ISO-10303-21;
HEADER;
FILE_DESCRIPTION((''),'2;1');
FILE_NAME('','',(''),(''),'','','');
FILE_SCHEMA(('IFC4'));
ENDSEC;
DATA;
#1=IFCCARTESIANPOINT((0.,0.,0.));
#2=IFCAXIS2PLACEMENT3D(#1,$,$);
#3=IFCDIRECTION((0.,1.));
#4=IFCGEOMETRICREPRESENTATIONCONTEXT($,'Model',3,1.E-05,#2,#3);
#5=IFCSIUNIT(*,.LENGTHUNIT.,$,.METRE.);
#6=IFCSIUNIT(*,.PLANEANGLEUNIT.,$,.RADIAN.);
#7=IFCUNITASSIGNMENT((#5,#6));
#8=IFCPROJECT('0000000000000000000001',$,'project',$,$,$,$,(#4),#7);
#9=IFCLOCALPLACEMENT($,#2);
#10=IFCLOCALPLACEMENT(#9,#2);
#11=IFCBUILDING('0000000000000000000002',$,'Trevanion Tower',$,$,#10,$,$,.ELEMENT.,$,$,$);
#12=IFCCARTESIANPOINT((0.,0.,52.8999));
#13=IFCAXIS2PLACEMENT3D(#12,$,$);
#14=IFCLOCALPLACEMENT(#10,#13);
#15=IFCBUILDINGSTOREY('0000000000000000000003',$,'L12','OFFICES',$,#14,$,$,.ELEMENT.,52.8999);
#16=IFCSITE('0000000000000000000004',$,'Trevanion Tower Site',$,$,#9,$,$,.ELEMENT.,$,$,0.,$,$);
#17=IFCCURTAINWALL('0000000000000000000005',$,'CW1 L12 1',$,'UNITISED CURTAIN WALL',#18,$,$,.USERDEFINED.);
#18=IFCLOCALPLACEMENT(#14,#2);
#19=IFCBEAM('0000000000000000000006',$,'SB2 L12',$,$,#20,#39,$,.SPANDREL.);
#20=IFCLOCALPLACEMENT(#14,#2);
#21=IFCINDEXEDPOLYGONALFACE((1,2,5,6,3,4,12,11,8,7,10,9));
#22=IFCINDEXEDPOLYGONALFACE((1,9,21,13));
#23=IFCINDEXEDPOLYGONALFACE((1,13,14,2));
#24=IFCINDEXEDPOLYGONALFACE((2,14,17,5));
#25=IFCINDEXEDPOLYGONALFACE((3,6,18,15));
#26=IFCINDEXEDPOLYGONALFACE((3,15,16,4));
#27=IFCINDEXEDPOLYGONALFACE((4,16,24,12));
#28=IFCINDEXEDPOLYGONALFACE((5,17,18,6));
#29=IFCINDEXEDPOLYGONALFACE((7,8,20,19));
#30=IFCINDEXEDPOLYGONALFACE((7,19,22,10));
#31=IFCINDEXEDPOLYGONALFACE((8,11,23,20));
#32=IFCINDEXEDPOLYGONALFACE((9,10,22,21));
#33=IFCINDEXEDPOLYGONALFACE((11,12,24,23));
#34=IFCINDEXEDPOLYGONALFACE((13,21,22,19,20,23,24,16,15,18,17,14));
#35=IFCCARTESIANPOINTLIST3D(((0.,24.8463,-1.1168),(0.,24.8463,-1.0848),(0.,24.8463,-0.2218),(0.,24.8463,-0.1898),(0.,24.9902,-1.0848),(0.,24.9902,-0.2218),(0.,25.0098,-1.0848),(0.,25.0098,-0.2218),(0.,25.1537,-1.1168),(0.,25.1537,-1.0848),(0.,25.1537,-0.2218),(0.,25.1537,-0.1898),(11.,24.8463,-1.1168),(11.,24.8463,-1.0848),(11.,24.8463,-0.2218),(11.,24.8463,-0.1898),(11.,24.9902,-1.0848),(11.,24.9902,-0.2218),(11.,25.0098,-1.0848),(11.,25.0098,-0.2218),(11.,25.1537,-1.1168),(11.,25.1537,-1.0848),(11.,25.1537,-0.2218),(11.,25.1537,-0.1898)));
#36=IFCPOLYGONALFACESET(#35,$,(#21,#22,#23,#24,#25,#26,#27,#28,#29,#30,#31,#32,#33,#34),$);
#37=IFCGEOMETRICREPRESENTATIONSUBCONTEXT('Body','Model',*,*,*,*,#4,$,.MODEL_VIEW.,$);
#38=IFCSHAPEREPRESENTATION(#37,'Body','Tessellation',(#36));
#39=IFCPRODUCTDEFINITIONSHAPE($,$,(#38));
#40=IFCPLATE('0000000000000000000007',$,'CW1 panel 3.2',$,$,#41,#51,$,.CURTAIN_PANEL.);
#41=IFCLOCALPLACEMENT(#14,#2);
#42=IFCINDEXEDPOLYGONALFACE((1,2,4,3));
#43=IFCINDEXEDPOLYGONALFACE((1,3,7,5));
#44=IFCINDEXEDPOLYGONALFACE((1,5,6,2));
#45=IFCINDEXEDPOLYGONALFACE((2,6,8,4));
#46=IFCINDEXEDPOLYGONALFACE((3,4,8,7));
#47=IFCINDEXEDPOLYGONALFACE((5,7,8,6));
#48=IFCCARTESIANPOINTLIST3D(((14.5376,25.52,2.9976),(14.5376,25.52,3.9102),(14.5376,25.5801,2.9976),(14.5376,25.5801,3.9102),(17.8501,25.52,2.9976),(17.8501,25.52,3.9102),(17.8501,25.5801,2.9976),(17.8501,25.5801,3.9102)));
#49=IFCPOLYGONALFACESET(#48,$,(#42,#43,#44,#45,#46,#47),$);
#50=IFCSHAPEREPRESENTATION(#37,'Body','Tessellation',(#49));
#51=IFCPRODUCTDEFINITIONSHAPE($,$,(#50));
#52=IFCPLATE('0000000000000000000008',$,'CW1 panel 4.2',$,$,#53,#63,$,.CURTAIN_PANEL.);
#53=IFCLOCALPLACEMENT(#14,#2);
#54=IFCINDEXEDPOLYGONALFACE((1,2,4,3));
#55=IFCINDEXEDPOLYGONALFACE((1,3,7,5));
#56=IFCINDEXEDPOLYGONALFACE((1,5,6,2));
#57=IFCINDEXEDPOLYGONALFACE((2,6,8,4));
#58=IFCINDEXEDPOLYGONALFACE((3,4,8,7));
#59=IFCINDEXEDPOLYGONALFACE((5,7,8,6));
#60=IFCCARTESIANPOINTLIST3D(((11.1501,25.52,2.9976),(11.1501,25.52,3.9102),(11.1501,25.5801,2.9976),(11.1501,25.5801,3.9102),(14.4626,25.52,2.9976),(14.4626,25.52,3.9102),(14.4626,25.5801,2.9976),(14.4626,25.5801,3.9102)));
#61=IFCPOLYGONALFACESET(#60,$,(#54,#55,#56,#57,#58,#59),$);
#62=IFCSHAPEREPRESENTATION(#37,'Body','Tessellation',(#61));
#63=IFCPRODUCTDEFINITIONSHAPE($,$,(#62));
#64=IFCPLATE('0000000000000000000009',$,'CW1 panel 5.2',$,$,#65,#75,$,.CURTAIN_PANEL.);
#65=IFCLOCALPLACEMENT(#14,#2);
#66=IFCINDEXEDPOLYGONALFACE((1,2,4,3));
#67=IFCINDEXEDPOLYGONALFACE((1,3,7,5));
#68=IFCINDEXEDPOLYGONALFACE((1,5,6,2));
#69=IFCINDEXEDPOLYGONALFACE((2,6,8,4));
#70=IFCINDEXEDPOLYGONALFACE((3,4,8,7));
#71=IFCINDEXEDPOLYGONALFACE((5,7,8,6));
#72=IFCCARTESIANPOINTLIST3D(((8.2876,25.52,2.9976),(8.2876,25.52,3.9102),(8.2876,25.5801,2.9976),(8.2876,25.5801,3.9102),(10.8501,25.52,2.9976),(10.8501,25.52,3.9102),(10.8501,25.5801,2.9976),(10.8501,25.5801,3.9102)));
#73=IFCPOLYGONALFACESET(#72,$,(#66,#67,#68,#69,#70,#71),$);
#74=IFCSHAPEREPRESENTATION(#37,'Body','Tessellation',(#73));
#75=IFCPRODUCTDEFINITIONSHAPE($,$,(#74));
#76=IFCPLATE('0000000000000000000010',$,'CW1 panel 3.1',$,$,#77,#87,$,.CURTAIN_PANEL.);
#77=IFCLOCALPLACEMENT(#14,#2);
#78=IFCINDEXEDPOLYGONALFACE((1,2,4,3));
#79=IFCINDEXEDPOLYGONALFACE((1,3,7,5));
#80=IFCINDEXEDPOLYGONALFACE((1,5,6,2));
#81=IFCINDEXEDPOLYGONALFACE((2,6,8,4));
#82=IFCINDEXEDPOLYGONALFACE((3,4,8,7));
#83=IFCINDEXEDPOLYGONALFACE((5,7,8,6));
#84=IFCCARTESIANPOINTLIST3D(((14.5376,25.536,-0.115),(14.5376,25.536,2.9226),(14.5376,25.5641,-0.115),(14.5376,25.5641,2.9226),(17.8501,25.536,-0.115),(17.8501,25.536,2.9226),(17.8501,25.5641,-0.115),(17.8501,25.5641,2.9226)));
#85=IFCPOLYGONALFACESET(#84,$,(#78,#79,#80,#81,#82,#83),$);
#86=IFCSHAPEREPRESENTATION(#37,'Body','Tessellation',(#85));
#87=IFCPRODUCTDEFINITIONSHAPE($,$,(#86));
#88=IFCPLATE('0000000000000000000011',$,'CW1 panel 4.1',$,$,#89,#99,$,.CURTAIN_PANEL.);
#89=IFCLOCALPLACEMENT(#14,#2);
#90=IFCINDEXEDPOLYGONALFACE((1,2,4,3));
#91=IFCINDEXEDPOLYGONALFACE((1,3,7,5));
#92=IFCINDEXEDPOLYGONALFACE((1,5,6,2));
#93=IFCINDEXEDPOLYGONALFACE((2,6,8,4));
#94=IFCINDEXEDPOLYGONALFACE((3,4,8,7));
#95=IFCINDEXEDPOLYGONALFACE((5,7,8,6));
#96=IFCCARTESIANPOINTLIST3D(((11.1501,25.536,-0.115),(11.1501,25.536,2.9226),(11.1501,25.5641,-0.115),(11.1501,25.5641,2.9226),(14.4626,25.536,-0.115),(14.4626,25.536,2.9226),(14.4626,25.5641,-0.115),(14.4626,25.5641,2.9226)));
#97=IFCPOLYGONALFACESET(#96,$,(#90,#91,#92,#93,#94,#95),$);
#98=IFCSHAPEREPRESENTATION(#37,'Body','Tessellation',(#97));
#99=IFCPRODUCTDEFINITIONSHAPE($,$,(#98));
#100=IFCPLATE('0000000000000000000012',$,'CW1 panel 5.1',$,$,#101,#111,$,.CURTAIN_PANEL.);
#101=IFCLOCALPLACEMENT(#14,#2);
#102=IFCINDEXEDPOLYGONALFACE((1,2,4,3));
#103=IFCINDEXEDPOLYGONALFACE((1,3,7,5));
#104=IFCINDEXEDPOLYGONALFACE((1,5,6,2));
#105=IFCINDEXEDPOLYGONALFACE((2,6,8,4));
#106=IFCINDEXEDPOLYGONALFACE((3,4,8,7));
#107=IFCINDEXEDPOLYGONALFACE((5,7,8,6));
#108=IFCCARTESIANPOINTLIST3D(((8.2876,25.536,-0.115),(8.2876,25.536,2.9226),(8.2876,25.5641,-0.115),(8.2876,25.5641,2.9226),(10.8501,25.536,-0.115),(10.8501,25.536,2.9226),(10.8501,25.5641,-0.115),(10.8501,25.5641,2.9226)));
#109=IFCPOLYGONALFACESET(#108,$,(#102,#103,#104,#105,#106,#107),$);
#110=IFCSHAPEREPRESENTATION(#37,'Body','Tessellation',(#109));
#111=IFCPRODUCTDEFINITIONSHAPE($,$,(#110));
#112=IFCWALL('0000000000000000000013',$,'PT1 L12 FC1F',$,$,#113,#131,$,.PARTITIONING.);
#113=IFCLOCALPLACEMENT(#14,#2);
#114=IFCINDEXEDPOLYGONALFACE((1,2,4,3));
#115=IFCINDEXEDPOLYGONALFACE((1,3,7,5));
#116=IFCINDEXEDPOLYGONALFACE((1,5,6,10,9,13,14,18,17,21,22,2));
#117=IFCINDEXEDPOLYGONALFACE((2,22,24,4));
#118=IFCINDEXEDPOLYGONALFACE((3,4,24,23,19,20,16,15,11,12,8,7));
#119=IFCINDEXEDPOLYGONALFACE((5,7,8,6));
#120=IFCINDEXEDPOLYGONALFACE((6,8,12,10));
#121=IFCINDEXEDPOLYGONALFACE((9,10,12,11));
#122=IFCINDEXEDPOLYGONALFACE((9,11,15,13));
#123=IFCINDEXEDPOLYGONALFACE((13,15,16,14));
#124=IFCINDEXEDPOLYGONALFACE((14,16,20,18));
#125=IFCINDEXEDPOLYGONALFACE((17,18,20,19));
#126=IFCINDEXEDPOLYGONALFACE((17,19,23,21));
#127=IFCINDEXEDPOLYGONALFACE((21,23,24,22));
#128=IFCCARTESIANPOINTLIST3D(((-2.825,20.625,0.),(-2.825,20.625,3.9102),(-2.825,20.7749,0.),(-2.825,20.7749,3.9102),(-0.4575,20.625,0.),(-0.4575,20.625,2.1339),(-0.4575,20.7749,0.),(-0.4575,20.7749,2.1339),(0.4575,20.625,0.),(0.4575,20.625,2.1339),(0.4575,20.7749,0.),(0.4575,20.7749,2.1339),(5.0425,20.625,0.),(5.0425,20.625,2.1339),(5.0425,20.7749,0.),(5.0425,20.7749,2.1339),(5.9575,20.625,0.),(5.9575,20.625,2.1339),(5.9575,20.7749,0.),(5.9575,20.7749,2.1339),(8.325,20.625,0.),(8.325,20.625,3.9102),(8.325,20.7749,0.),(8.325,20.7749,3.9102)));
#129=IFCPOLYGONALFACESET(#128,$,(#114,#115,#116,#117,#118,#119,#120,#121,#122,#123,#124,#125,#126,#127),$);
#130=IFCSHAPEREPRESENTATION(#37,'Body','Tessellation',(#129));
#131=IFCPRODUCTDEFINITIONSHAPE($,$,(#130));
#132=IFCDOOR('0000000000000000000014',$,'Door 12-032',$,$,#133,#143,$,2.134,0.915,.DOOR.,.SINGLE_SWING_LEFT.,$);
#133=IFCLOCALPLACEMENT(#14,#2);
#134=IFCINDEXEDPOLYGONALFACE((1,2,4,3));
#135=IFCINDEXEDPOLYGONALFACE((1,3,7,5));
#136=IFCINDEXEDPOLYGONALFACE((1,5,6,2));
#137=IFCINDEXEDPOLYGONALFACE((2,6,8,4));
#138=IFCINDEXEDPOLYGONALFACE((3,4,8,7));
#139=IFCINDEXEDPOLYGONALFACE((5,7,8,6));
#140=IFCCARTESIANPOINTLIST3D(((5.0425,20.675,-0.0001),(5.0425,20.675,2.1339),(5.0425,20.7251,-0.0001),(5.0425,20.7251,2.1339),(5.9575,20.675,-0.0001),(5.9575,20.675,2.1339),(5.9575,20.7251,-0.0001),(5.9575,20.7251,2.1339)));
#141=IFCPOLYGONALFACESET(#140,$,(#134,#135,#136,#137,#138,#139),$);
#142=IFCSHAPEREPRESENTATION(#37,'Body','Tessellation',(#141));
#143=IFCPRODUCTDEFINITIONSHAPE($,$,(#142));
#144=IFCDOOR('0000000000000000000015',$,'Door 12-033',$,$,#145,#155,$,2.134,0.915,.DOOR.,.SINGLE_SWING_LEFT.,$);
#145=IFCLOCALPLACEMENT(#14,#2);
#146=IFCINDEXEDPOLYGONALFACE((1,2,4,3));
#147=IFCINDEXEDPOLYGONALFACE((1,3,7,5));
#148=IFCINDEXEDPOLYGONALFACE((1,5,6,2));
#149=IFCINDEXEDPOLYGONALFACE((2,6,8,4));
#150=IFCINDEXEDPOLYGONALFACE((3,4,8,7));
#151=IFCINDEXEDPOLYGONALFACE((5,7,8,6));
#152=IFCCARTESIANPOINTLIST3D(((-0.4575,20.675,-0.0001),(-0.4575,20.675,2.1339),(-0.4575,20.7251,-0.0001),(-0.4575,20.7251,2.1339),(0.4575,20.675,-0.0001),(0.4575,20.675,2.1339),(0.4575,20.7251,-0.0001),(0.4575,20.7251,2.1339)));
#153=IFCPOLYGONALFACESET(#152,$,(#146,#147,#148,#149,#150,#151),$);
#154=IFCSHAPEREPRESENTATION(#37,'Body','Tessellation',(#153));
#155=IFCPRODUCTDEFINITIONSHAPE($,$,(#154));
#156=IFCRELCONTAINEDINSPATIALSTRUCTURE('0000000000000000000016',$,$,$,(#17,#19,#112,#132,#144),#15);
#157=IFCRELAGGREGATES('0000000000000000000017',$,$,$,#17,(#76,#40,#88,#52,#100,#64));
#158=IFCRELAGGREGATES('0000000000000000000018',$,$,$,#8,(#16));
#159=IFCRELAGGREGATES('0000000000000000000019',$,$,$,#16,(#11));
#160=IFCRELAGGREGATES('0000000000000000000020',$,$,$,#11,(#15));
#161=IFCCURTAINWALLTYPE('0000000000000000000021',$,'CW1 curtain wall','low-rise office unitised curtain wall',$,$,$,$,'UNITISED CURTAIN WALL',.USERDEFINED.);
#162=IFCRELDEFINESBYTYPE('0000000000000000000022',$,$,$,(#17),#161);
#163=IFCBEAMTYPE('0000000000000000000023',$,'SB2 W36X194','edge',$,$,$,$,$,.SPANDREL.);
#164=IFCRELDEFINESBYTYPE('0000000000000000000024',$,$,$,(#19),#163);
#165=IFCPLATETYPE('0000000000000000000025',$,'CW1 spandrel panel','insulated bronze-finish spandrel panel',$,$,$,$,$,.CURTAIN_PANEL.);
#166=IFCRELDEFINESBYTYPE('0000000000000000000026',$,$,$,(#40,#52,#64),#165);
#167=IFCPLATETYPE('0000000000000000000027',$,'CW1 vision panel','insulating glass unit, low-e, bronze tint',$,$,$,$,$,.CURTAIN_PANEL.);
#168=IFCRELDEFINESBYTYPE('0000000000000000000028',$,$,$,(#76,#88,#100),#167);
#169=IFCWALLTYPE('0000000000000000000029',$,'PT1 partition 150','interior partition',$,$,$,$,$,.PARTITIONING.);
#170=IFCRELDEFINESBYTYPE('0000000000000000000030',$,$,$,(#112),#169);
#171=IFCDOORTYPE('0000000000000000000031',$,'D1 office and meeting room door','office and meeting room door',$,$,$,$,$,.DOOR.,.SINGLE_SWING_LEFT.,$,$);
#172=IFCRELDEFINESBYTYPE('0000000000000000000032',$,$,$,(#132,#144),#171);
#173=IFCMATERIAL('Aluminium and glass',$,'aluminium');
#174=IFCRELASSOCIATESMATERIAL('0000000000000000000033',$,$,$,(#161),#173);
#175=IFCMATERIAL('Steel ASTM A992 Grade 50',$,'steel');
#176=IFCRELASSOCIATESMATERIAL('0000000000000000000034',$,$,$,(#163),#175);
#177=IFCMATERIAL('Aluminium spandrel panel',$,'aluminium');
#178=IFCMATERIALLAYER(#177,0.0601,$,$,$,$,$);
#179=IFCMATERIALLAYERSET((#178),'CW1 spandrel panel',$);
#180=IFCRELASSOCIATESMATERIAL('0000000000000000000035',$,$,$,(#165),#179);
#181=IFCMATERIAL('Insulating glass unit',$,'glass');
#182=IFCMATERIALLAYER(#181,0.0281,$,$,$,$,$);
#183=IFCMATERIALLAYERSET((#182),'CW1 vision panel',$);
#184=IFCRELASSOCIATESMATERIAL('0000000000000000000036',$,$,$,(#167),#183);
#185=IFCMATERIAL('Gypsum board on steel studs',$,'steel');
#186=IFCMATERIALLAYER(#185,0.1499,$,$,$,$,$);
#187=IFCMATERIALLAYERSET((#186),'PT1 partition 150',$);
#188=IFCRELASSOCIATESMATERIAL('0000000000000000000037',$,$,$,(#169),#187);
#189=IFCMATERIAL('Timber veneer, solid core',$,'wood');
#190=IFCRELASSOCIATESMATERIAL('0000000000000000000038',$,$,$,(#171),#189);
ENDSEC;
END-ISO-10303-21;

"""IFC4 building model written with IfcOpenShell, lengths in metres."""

from ifc_helpers import new_model, si_unit, direction, frame, frame_2d, origin, origin_2d, place, context, subcontext, project, spatial, rectangle, i_section, extrude, material, layer, layer_set, material_profile, profile_set, type_object, element, fill, aggregate, save


model = new_model("IFC4")

# Units and contexts
model_context = context("Model", 3, precision=1e-05, world=origin(), true_north=direction((0.0, 1.0)))
body_context = subcontext(model_context, "Body", "Model", "MODEL_VIEW")
ifc_project = project(units=[si_unit("LENGTHUNIT", "METRE"), si_unit("PLANEANGLEUNIT", "RADIAN")], contexts=[model_context])

# Site, building, storey
site_placement = place(None, origin())
site = spatial("IfcSite", under=ifc_project, at=site_placement, Name="Trevanion Tower Site", CompositionType="ELEMENT", RefElevation=0.0)
building_placement = place(site_placement, origin())
building = spatial("IfcBuilding", under=site, at=building_placement, Name="Trevanion Tower", CompositionType="ELEMENT")
storey_placement = place(building_placement, frame((0.0, 0.0, 52.8999)))
storey = spatial("IfcBuildingStorey", under=building, at=storey_placement, Name="L12", Description="OFFICES", CompositionType="ELEMENT", Elevation=52.8999)

# Curtain wall
ifc_material_1 = material(Name="Aluminium and glass", Category="aluminium")
curtain_wall_type = type_object("IfcCurtainWallType", Name="CW1 curtain wall", Description="low-rise office unitised curtain wall", ElementType="UNITISED CURTAIN WALL", PredefinedType="USERDEFINED", material=ifc_material_1)
curtain_wall_placement = place(storey_placement, origin())
curtain_wall = element("IfcCurtainWall", 1, at=curtain_wall_placement, inside=storey, type_object=curtain_wall_type, Name="CW1 L12 1", ObjectType="UNITISED CURTAIN WALL", PredefinedType="USERDEFINED")

# Beam
ifc_material_2 = material(Name="Steel ASTM A992 Grade 50", Category="steel")
ifc_material_profile_1 = material_profile(ifc_material_2, i_section(OverallWidth=0.3074, OverallDepth=0.927, WebThickness=0.0195, FlangeThickness=0.032, at=origin_2d()), Name="W36X194")
ifc_profile_set_1 = profile_set([ifc_material_profile_1], Name="Steel ASTM A992 Grade 50")
beam_type = type_object("IfcBeamType", Name="SB2 W36X194", Description="edge", PredefinedType="SPANDREL", material=ifc_profile_set_1)
beam_1_placement = place(storey_placement, frame((11.0, 25.0, -0.6533), z_axis=(-1.0, 0.0, 0.0), x_axis=(0.0, -1.0, 0.0)))
element("IfcBeam", 2, at=beam_1_placement, inside=storey, type_object=beam_type, Name="SB2 L12", PredefinedType="SPANDREL", context=body_context, shape_type="SweptSolid", body=[
    extrude(i_section(OverallWidth=0.3074, OverallDepth=0.927, WebThickness=0.0195, FlangeThickness=0.032, at=origin_2d()), origin(), (0.0, 0.0, 1.0), 11.0),
])

# Plates
ifc_material_3 = material(Name="Aluminium spandrel panel", Category="aluminium")
ifc_layer_1 = layer(ifc_material_3, 0.0601)
ifc_layer_set_1 = layer_set([ifc_layer_1], Name="CW1 spandrel panel")
plate_type_1 = type_object("IfcPlateType", Name="CW1 spandrel panel", Description="insulated bronze-finish spandrel panel", PredefinedType="CURTAIN_PANEL", material=ifc_layer_set_1)
plate_1_placement = place(storey_placement, frame((16.1938, 25.55, 2.9976), z_axis=(0.0, 0.0, 1.0), x_axis=(-1.0, 0.0, 0.0)))
plate_1 = element("IfcPlate", 3, at=plate_1_placement, type_object=plate_type_1, Name="CW1 panel 3.2", PredefinedType="CURTAIN_PANEL", context=body_context, shape_type="SweptSolid", body=[
    extrude(rectangle(XDim=3.3125, YDim=0.0601, at=origin_2d()), origin(), (0.0, 0.0, 1.0), 0.9126),
])
plate_2_placement = place(storey_placement, frame((12.8064, 25.55, 2.9976), z_axis=(0.0, 0.0, 1.0), x_axis=(-1.0, 0.0, 0.0)))
plate_2 = element("IfcPlate", 4, at=plate_2_placement, type_object=plate_type_1, Name="CW1 panel 4.2", PredefinedType="CURTAIN_PANEL", context=body_context, shape_type="SweptSolid", body=[
    extrude(rectangle(XDim=3.3125, YDim=0.0601, at=origin_2d()), origin(), (0.0, 0.0, 1.0), 0.9126),
])
plate_3_placement = place(storey_placement, frame((9.5688, 25.55, 2.9976), z_axis=(0.0, 0.0, 1.0), x_axis=(-1.0, 0.0, 0.0)))
plate_3 = element("IfcPlate", 5, at=plate_3_placement, type_object=plate_type_1, Name="CW1 panel 5.2", PredefinedType="CURTAIN_PANEL", context=body_context, shape_type="SweptSolid", body=[
    extrude(rectangle(XDim=2.5625, YDim=0.0601, at=origin_2d()), origin(), (0.0, 0.0, 1.0), 0.9126),
])
ifc_material_4 = material(Name="Insulating glass unit", Category="glass")
ifc_layer_2 = layer(ifc_material_4, 0.0281)
ifc_layer_set_2 = layer_set([ifc_layer_2], Name="CW1 vision panel")
plate_type_2 = type_object("IfcPlateType", Name="CW1 vision panel", Description="insulating glass unit, low-e, bronze tint", PredefinedType="CURTAIN_PANEL", material=ifc_layer_set_2)
plate_4_placement = place(storey_placement, frame((16.1938, 25.55, -0.115), z_axis=(0.0, 0.0, 1.0), x_axis=(-1.0, 0.0, 0.0)))
plate_4 = element("IfcPlate", 6, at=plate_4_placement, type_object=plate_type_2, Name="CW1 panel 3.1", PredefinedType="CURTAIN_PANEL", context=body_context, shape_type="SweptSolid", body=[
    extrude(rectangle(XDim=3.3125, YDim=0.0281, at=origin_2d()), origin(), (0.0, 0.0, 1.0), 3.0376),
])
plate_5_placement = place(storey_placement, frame((12.8064, 25.55, -0.115), z_axis=(0.0, 0.0, 1.0), x_axis=(-1.0, 0.0, 0.0)))
plate_5 = element("IfcPlate", 7, at=plate_5_placement, type_object=plate_type_2, Name="CW1 panel 4.1", PredefinedType="CURTAIN_PANEL", context=body_context, shape_type="SweptSolid", body=[
    extrude(rectangle(XDim=3.3125, YDim=0.0281, at=origin_2d()), origin(), (0.0, 0.0, 1.0), 3.0376),
])
plate_6_placement = place(storey_placement, frame((9.5688, 25.55, -0.115), z_axis=(0.0, 0.0, 1.0), x_axis=(-1.0, 0.0, 0.0)))
plate_6 = element("IfcPlate", 8, at=plate_6_placement, type_object=plate_type_2, Name="CW1 panel 5.1", PredefinedType="CURTAIN_PANEL", context=body_context, shape_type="SweptSolid", body=[
    extrude(rectangle(XDim=2.5625, YDim=0.0281, at=origin_2d()), origin(), (0.0, 0.0, 1.0), 3.0376),
])
aggregate(curtain_wall, [plate_4, plate_1, plate_5, plate_2, plate_6, plate_3])

# Wall, openings, doors
ifc_material_5 = material(Name="Gypsum board on steel studs", Category="steel")
ifc_layer_3 = layer(ifc_material_5, 0.1499)
ifc_layer_set_3 = layer_set([ifc_layer_3], Name="PT1 partition 150")
wall_type = type_object("IfcWallType", Name="PT1 partition 150", Description="interior partition", PredefinedType="PARTITIONING", material=ifc_layer_set_3)
wall_placement = place(storey_placement, frame((8.325, 20.7, 0.0), z_axis=(0.0, 0.0, 1.0), x_axis=(-1.0, 0.0, 0.0)))
wall = element("IfcWall", 9, at=wall_placement, inside=storey, type_object=wall_type, Name="PT1 L12 FC1F", PredefinedType="PARTITIONING", context=body_context, shape_type="SweptSolid", body=[
    extrude(rectangle(XDim=11.1499, YDim=0.1499, at=frame_2d((5.575, 0.0))), origin(), (0.0, 0.0, 1.0), 3.9102),
])
opening_1_placement = place(wall_placement, frame((2.3674, 0.0, 0.0)))
opening_1 = element("IfcOpeningElement", 10, at=opening_1_placement, cuts=wall, PredefinedType="OPENING", context=body_context, shape_type="SweptSolid", body=[
    extrude(rectangle(XDim=0.915, YDim=2.134, at=frame_2d((0.4575, 1.0669))), frame((0.0, 0.085, 0.0), z_axis=(0.0, -1.0, 0.0), x_axis=(1.0, 0.0, 0.0)), (0.0, 0.0, 1.0), 0.1699),
])
opening_2_placement = place(wall_placement, frame((7.8674, 0.0, 0.0)))
opening_2 = element("IfcOpeningElement", 11, at=opening_2_placement, cuts=wall, PredefinedType="OPENING", context=body_context, shape_type="SweptSolid", body=[
    extrude(rectangle(XDim=0.915, YDim=2.134, at=frame_2d((0.4575, 1.0669))), frame((0.0, 0.085, 0.0), z_axis=(0.0, -1.0, 0.0), x_axis=(1.0, 0.0, 0.0)), (0.0, 0.0, 1.0), 0.1699),
])
ifc_material_6 = material(Name="Timber veneer, solid core", Category="wood")
door_type = type_object("IfcDoorType", Name="D1 office and meeting room door", Description="office and meeting room door", OperationType="SINGLE_SWING_LEFT", PredefinedType="DOOR", material=ifc_material_6)
door_1_placement = place(opening_1_placement, origin())
door_1 = element("IfcDoor", 12, at=door_1_placement, inside=storey, type_object=door_type, Name="Door 12-032", OperationType="SINGLE_SWING_LEFT", OverallHeight=2.134, OverallWidth=0.915, PredefinedType="DOOR", context=body_context, shape_type="SweptSolid", body=[
    extrude(rectangle(XDim=0.915, YDim=2.134, at=frame_2d((0.4575, 1.0669))), frame((0.0, 0.0249, 0.0), z_axis=(0.0, -1.0, 0.0), x_axis=(1.0, 0.0, 0.0)), (0.0, 0.0, 1.0), 0.05),
])
fill(opening_1, door_1)
door_2_placement = place(opening_2_placement, origin())
door_2 = element("IfcDoor", 13, at=door_2_placement, inside=storey, type_object=door_type, Name="Door 12-033", OperationType="SINGLE_SWING_LEFT", OverallHeight=2.134, OverallWidth=0.915, PredefinedType="DOOR", context=body_context, shape_type="SweptSolid", body=[
    extrude(rectangle(XDim=0.915, YDim=2.134, at=frame_2d((0.4575, 1.0669))), frame((0.0, 0.0249, 0.0), z_axis=(0.0, -1.0, 0.0), x_axis=(1.0, 0.0, 0.0)), (0.0, 0.0, 1.0), 0.05),
])
fill(opening_2, door_2)

save(model, "model.ifc")
